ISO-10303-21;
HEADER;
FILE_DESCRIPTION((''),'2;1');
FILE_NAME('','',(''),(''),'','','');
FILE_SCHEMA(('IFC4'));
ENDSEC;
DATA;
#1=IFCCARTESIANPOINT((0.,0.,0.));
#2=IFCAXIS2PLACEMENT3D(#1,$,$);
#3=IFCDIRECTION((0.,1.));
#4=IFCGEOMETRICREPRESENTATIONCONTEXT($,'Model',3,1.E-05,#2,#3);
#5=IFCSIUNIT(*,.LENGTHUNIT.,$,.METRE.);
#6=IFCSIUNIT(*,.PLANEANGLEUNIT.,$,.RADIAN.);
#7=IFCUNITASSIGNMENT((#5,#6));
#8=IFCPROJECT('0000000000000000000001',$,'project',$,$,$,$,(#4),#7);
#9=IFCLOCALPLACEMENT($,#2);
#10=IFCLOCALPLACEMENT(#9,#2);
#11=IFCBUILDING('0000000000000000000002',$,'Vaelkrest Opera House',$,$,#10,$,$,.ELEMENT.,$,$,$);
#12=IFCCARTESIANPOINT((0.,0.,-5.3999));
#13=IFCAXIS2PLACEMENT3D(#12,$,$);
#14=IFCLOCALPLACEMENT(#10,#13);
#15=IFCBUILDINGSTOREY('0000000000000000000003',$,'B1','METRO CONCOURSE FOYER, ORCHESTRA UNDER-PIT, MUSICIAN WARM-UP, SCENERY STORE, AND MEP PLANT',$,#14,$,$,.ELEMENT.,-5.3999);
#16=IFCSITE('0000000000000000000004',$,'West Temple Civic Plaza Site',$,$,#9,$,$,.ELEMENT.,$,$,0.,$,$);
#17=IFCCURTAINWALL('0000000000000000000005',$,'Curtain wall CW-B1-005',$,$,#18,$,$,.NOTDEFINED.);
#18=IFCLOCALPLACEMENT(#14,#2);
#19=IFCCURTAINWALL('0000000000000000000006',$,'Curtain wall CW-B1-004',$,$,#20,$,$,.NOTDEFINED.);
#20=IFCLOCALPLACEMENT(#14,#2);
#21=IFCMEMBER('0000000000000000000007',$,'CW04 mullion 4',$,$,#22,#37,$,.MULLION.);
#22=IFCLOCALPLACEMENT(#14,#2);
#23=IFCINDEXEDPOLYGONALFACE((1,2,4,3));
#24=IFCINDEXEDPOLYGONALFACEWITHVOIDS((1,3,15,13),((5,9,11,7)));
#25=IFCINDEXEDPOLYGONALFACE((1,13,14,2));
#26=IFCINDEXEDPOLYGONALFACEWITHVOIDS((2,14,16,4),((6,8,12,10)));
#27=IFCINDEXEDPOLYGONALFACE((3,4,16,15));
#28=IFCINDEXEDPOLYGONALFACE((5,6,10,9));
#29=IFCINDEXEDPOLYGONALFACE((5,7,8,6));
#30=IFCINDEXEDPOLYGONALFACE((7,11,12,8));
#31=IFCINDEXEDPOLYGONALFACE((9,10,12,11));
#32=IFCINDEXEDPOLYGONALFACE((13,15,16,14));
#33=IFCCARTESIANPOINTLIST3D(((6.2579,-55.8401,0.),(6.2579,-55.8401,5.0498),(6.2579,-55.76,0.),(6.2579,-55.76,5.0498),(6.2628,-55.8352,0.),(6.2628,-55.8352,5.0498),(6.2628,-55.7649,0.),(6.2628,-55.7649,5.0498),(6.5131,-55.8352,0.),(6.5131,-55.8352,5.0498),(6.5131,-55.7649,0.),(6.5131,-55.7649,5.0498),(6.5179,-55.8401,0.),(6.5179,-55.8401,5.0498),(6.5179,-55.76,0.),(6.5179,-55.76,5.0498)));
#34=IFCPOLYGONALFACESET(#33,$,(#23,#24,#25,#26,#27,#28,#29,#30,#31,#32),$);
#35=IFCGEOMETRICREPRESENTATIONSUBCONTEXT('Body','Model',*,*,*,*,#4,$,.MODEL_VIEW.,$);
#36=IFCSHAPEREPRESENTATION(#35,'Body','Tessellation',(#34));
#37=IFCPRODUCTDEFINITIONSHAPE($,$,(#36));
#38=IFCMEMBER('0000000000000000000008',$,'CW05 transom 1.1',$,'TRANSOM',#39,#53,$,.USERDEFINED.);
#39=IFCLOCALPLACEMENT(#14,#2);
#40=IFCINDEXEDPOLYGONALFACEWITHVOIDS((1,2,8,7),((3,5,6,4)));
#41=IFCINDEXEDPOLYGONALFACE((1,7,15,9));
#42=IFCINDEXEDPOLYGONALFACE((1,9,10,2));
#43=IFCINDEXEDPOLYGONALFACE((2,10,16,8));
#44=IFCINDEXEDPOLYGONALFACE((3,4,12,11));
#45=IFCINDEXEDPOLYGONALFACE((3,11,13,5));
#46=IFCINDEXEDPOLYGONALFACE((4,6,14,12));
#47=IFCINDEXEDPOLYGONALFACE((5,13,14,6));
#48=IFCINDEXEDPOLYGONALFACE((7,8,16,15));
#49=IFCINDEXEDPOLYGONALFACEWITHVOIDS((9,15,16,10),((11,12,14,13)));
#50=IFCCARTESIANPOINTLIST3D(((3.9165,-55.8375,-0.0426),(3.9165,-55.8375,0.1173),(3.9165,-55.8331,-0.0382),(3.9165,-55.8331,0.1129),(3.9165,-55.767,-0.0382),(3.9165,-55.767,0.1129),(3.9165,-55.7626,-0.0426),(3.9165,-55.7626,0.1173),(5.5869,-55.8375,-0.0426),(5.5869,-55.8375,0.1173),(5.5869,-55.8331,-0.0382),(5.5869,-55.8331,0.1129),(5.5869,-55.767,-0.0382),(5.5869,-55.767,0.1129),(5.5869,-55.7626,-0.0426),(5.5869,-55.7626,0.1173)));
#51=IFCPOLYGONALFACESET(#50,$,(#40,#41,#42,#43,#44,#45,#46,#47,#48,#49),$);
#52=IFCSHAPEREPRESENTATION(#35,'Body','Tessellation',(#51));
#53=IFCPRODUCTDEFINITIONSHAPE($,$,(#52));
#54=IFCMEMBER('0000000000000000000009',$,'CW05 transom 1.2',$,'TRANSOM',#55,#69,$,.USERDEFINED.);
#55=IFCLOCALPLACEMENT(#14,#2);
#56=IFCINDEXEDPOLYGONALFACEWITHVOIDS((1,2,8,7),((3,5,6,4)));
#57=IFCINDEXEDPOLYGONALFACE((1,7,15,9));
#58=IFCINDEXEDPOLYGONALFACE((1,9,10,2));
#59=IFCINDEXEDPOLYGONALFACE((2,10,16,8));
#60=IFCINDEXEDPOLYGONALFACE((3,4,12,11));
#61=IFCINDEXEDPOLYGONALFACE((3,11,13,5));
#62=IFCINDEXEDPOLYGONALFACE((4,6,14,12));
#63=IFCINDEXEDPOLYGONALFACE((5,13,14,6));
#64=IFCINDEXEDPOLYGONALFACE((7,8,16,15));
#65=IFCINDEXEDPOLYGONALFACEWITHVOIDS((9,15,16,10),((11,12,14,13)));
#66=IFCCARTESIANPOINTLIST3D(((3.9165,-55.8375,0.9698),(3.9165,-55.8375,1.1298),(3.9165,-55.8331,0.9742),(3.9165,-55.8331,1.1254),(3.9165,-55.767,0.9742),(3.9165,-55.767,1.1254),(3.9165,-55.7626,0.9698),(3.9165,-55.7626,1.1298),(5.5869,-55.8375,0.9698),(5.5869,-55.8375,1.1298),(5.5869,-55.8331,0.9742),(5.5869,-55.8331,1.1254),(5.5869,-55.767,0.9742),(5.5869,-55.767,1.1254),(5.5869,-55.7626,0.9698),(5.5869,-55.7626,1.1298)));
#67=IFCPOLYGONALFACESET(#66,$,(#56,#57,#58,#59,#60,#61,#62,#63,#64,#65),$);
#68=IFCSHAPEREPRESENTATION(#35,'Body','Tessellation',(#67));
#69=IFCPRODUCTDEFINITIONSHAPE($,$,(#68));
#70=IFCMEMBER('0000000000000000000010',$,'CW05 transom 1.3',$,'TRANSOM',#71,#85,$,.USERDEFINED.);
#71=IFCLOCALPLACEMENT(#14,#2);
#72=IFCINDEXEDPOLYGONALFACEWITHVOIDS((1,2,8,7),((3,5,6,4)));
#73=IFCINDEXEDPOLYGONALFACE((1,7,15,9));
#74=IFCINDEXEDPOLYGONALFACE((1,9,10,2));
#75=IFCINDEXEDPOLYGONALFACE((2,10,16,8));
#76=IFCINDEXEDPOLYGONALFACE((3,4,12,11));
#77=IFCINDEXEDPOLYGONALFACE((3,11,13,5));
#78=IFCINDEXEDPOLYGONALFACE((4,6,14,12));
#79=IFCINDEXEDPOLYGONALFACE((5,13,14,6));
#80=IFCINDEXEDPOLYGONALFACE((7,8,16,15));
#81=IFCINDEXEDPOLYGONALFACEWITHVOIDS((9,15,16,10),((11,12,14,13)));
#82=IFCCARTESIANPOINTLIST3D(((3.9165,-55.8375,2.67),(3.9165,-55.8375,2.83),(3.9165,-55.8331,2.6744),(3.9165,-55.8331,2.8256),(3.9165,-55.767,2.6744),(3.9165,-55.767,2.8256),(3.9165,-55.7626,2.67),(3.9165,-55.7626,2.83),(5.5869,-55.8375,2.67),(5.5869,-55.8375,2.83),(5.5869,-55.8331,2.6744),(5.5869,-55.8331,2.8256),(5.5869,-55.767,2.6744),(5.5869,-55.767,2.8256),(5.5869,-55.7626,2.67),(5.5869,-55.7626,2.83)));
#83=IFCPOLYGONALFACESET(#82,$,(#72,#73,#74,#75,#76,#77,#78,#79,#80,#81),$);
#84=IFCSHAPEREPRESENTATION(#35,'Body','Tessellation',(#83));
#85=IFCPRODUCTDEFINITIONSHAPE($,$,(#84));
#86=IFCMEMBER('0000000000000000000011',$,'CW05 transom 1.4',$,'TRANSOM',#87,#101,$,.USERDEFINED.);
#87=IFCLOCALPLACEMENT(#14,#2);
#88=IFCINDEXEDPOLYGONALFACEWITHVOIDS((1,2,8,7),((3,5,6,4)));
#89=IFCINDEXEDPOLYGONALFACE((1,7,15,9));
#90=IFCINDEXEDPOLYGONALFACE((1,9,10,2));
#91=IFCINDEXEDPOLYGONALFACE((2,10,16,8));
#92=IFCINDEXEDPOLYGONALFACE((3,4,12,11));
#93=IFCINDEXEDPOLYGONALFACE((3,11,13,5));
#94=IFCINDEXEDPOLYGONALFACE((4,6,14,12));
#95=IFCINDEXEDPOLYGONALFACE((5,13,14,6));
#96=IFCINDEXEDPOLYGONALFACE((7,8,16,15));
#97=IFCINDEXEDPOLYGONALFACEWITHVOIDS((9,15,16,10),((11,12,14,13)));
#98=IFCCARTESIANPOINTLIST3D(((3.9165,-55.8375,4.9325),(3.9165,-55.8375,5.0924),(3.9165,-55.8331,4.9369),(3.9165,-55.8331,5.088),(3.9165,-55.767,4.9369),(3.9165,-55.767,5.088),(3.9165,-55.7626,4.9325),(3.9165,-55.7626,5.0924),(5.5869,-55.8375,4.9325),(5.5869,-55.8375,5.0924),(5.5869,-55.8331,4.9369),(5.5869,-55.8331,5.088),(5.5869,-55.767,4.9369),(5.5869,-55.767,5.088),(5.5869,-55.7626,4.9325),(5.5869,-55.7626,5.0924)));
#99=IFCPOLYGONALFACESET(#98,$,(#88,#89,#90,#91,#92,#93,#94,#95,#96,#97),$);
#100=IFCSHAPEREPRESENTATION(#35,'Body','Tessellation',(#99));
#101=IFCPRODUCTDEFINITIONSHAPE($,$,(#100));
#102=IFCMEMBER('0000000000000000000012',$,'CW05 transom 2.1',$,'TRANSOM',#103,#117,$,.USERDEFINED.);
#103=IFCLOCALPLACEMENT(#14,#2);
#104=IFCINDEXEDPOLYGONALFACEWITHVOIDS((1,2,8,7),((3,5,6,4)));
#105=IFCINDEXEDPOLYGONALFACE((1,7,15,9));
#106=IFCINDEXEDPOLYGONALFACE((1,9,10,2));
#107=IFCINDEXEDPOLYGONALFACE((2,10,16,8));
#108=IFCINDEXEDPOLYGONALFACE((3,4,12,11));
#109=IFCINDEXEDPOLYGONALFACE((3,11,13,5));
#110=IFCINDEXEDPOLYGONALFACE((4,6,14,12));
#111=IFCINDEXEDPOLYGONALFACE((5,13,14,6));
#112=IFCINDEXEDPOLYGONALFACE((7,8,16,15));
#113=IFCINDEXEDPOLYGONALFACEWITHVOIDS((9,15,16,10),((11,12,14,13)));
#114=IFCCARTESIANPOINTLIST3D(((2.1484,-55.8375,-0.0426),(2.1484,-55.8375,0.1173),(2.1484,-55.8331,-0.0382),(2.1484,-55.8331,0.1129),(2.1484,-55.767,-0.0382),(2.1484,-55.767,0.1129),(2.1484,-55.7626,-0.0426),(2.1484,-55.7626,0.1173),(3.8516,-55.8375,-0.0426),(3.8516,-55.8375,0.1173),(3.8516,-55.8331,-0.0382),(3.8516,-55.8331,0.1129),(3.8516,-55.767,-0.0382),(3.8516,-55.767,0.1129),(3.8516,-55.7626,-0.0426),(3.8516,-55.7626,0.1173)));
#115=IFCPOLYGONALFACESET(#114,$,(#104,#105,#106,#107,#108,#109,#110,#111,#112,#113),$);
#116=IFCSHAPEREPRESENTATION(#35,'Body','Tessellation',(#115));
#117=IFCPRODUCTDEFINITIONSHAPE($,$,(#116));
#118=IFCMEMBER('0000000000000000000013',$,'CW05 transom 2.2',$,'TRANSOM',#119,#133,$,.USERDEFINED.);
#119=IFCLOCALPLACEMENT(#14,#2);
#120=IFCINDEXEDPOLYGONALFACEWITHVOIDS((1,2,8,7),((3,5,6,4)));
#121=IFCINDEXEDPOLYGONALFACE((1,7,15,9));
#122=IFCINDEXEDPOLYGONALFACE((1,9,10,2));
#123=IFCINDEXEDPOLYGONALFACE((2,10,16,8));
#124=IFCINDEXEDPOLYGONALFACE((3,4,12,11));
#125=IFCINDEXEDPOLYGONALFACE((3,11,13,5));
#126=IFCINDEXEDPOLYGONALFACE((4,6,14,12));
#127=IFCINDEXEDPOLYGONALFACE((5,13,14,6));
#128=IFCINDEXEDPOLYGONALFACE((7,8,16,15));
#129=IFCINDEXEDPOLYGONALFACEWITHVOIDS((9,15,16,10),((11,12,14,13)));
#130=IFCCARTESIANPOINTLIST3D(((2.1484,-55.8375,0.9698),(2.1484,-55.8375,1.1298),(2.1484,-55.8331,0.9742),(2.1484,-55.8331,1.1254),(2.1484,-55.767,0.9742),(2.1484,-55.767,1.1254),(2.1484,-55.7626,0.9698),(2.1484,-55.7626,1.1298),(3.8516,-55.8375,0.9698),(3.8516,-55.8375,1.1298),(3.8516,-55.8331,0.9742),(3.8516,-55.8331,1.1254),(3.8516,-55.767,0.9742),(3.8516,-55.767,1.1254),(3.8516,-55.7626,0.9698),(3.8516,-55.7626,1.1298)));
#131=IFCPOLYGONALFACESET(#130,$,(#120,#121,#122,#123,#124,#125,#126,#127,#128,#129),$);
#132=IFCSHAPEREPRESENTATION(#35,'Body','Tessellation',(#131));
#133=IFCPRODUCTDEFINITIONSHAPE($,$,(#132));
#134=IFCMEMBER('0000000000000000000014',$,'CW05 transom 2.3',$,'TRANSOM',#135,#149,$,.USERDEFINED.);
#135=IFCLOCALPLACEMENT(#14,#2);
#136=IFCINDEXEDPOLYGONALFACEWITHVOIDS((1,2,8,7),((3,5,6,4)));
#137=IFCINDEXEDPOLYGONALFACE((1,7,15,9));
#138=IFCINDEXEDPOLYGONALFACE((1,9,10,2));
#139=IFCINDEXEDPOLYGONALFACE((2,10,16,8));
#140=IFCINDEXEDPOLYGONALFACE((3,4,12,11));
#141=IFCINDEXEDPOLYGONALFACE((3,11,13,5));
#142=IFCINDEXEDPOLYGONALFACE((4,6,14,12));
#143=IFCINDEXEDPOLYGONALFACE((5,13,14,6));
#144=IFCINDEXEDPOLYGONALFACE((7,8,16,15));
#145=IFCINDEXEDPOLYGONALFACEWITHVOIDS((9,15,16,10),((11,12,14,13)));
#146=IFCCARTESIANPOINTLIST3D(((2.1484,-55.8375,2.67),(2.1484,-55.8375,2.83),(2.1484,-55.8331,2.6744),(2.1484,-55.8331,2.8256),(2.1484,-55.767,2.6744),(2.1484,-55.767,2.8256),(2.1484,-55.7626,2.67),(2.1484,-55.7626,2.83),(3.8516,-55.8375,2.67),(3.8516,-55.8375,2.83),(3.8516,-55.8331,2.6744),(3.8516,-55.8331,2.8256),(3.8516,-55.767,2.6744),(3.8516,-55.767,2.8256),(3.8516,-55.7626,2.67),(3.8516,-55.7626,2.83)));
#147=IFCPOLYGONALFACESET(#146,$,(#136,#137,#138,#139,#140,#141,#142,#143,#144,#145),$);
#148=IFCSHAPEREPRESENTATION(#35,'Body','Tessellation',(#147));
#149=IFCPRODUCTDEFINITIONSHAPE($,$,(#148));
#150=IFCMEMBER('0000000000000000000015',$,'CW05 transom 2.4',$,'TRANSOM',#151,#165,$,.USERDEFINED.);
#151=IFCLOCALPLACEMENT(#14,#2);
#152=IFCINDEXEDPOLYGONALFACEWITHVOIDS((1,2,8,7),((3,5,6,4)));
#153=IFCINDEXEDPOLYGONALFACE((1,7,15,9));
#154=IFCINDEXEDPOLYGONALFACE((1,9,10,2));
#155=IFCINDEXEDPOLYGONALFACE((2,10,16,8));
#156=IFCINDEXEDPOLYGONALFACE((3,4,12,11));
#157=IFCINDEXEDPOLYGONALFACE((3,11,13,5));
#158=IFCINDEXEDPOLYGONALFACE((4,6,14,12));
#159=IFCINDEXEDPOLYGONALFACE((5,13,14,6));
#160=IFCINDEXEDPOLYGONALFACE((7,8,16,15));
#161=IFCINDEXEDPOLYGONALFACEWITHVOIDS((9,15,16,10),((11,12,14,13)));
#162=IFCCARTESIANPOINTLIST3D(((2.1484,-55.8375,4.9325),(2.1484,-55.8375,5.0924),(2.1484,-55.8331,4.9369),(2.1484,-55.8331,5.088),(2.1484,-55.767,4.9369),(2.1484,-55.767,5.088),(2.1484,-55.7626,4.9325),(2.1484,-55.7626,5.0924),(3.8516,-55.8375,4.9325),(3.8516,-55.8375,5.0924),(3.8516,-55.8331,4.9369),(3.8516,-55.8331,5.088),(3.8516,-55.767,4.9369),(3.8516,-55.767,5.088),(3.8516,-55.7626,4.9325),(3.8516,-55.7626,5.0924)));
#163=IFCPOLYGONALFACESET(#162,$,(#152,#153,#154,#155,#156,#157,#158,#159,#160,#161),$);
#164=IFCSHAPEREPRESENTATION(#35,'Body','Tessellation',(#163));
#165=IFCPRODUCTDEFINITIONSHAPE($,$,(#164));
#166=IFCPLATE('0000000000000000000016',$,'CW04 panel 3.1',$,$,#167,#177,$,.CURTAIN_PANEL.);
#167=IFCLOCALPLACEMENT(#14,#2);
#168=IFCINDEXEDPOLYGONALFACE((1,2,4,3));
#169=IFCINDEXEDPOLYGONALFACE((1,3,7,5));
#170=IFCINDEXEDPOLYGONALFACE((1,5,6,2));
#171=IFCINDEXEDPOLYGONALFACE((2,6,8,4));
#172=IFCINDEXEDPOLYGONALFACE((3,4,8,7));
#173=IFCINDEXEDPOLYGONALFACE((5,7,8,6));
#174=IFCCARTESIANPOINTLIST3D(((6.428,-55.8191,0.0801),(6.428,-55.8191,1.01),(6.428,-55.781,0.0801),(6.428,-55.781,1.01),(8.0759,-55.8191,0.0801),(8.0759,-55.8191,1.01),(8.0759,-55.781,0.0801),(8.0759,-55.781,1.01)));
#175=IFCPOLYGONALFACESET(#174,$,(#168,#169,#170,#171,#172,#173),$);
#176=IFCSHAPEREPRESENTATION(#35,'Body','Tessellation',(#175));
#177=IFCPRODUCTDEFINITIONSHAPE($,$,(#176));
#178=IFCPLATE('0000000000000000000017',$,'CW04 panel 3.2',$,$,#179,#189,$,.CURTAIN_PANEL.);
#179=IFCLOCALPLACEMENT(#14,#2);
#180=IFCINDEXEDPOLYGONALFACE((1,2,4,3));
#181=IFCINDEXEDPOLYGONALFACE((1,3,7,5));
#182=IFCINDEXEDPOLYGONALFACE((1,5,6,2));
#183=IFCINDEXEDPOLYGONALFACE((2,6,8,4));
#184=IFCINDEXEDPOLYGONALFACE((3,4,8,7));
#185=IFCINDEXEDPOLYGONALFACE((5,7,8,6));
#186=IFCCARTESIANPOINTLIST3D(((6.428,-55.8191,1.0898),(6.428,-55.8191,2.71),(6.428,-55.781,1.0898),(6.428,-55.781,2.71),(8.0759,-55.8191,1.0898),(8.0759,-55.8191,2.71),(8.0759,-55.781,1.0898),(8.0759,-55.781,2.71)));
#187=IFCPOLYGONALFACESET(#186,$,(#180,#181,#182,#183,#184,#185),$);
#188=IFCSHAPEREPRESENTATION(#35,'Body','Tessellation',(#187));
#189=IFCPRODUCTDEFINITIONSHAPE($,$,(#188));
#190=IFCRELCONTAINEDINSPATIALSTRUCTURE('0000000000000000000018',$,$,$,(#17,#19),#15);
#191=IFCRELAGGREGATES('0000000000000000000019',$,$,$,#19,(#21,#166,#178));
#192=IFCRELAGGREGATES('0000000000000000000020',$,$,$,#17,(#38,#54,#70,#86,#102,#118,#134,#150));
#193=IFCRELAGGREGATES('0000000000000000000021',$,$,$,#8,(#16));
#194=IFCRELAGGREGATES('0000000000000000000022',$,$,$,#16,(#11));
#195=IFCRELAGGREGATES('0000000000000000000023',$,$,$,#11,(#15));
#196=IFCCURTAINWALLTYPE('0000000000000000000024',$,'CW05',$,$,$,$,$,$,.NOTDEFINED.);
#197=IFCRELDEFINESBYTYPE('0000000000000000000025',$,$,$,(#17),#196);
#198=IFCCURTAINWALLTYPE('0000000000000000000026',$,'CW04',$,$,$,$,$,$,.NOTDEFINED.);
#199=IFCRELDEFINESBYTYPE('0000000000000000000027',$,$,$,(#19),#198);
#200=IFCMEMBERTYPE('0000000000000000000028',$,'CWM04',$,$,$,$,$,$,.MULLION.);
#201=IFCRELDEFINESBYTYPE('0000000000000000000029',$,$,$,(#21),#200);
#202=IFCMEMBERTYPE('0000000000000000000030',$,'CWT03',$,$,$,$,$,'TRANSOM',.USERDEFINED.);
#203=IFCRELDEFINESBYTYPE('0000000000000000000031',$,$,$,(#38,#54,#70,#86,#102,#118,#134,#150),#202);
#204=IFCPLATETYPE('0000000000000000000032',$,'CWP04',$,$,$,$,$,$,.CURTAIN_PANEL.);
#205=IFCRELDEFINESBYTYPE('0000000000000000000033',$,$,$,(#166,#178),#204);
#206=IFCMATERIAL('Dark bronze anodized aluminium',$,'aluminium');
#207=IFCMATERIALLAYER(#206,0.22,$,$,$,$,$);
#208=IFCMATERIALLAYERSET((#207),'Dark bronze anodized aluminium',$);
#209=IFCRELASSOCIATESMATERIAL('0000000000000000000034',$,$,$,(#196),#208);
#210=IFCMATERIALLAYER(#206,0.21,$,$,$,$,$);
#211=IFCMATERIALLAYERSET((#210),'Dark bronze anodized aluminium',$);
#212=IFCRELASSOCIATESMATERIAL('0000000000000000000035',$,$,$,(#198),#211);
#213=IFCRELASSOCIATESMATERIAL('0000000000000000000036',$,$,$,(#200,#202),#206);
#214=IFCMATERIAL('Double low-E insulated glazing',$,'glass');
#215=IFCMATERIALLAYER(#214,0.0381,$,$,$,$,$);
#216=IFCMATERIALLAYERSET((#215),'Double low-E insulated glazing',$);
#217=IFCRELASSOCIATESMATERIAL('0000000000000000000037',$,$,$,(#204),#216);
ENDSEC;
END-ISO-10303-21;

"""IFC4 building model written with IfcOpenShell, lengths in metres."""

from ifc_helpers import new_model, si_unit, direction, frame, origin, origin_2d, place, context, subcontext, project, spatial, rectangle, hollow_rectangle, extrude, material, layer, layer_set, material_profile, profile_set, type_object, element, aggregate, save


model = new_model("IFC4")

# Units and contexts
model_context = context("Model", 3, precision=1e-05, world=origin(), true_north=direction((0.0, 1.0)))
body_context = subcontext(model_context, "Body", "Model", "MODEL_VIEW")
ifc_project = project(units=[si_unit("LENGTHUNIT", "METRE"), si_unit("PLANEANGLEUNIT", "RADIAN")], contexts=[model_context])

# Site, building, storey
site_placement = place(None, origin())
site = spatial("IfcSite", under=ifc_project, at=site_placement, Name="West Temple Civic Plaza Site", CompositionType="ELEMENT", RefElevation=0.0)
building_placement = place(site_placement, origin())
building = spatial("IfcBuilding", under=site, at=building_placement, Name="Vaelkrest Opera House", CompositionType="ELEMENT")
storey_placement = place(building_placement, frame((0.0, 0.0, -5.3999)))
storey = spatial("IfcBuildingStorey", under=building, at=storey_placement, Name="B1", Description="METRO CONCOURSE FOYER, ORCHESTRA UNDER-PIT, MUSICIAN WARM-UP, SCENERY STORE, AND MEP PLANT", CompositionType="ELEMENT", Elevation=-5.3999)

# Curtain wall
ifc_material_1 = material(Name="Dark bronze anodized aluminium", Category="aluminium")
ifc_layer_1 = layer(ifc_material_1, 0.22)
ifc_layer_set_1 = layer_set([ifc_layer_1], Name="Dark bronze anodized aluminium")
curtain_wall_type_1 = type_object("IfcCurtainWallType", Name="CW05", PredefinedType="NOTDEFINED", material=ifc_layer_set_1)
curtain_wall_1_placement = place(storey_placement, origin())
curtain_wall_1 = element("IfcCurtainWall", 1, at=curtain_wall_1_placement, inside=storey, type_object=curtain_wall_type_1, Name="Curtain wall CW-B1-005", PredefinedType="NOTDEFINED")

# Curtain wall, member
ifc_layer_2 = layer(ifc_material_1, 0.21)
ifc_layer_set_2 = layer_set([ifc_layer_2], Name="Dark bronze anodized aluminium")
curtain_wall_type_2 = type_object("IfcCurtainWallType", Name="CW04", PredefinedType="NOTDEFINED", material=ifc_layer_set_2)
curtain_wall_2_placement = place(storey_placement, origin())
curtain_wall_2 = element("IfcCurtainWall", 2, at=curtain_wall_2_placement, inside=storey, type_object=curtain_wall_type_2, Name="Curtain wall CW-B1-004", PredefinedType="NOTDEFINED")
ifc_material_profile_1 = material_profile(ifc_material_1, hollow_rectangle(XDim=0.0801, YDim=0.26, WallThickness=0.0049, at=origin_2d()), Name="CWM80X260")
ifc_profile_set_1 = profile_set([ifc_material_profile_1], Name="Dark bronze anodized aluminium")
member_type_1 = type_object("IfcMemberType", Name="CWM04", PredefinedType="MULLION", material=ifc_profile_set_1)
member_1_placement = place(storey_placement, frame((6.3879, -55.8, 0.0), z_axis=(0.0, 0.0, 1.0), x_axis=(0.0, -1.0, 0.0)))
member_1 = element("IfcMember", 3, at=member_1_placement, type_object=member_type_1, Name="CW04 mullion 4", PredefinedType="MULLION", context=body_context, shape_type="SweptSolid", body=[
    extrude(hollow_rectangle(XDim=0.0801, YDim=0.26, WallThickness=0.0049, at=origin_2d()), origin(), (0.0, 0.0, 1.0), 5.0498),
])

# Members
ifc_material_profile_2 = material_profile(ifc_material_1, hollow_rectangle(XDim=0.075, YDim=0.1599, WallThickness=0.0044, at=origin_2d()), Name="CWT75X160")
ifc_profile_set_2 = profile_set([ifc_material_profile_2], Name="Dark bronze anodized aluminium")
member_type_2 = type_object("IfcMemberType", Name="CWT03", ElementType="TRANSOM", PredefinedType="USERDEFINED", material=ifc_profile_set_2)
member_2_placement = place(storey_placement, frame((5.5869, -55.8, 0.0374), z_axis=(-1.0, 0.0, 0.0), x_axis=(0.0, -1.0, 0.0)))
member_2 = element("IfcMember", 4, at=member_2_placement, type_object=member_type_2, Name="CW05 transom 1.1", ObjectType="TRANSOM", PredefinedType="USERDEFINED", context=body_context, shape_type="SweptSolid", body=[
    extrude(hollow_rectangle(XDim=0.075, YDim=0.1599, WallThickness=0.0044, at=origin_2d()), origin(), (0.0, 0.0, 1.0), 1.6704),
])
member_3_placement = place(storey_placement, frame((5.5869, -55.8, 1.0498), z_axis=(-1.0, 0.0, 0.0), x_axis=(0.0, -1.0, 0.0)))
member_3 = element("IfcMember", 5, at=member_3_placement, type_object=member_type_2, Name="CW05 transom 1.2", ObjectType="TRANSOM", PredefinedType="USERDEFINED", context=body_context, shape_type="SweptSolid", body=[
    extrude(hollow_rectangle(XDim=0.075, YDim=0.1599, WallThickness=0.0044, at=origin_2d()), origin(), (0.0, 0.0, 1.0), 1.6704),
])
member_4_placement = place(storey_placement, frame((5.5869, -55.8, 2.75), z_axis=(-1.0, 0.0, 0.0), x_axis=(0.0, -1.0, 0.0)))
member_4 = element("IfcMember", 6, at=member_4_placement, type_object=member_type_2, Name="CW05 transom 1.3", ObjectType="TRANSOM", PredefinedType="USERDEFINED", context=body_context, shape_type="SweptSolid", body=[
    extrude(hollow_rectangle(XDim=0.075, YDim=0.1599, WallThickness=0.0044, at=origin_2d()), origin(), (0.0, 0.0, 1.0), 1.6704),
])
member_5_placement = place(storey_placement, frame((5.5869, -55.8, 5.0125), z_axis=(-1.0, 0.0, 0.0), x_axis=(0.0, -1.0, 0.0)))
member_5 = element("IfcMember", 7, at=member_5_placement, type_object=member_type_2, Name="CW05 transom 1.4", ObjectType="TRANSOM", PredefinedType="USERDEFINED", context=body_context, shape_type="SweptSolid", body=[
    extrude(hollow_rectangle(XDim=0.075, YDim=0.1599, WallThickness=0.0044, at=origin_2d()), origin(), (0.0, 0.0, 1.0), 1.6704),
])
member_6_placement = place(storey_placement, frame((3.8516, -55.8, 0.0374), z_axis=(-1.0, 0.0, 0.0), x_axis=(0.0, -1.0, 0.0)))
member_6 = element("IfcMember", 8, at=member_6_placement, type_object=member_type_2, Name="CW05 transom 2.1", ObjectType="TRANSOM", PredefinedType="USERDEFINED", context=body_context, shape_type="SweptSolid", body=[
    extrude(hollow_rectangle(XDim=0.075, YDim=0.1599, WallThickness=0.0044, at=origin_2d()), origin(), (0.0, 0.0, 1.0), 1.7031),
])
member_7_placement = place(storey_placement, frame((3.8516, -55.8, 1.0498), z_axis=(-1.0, 0.0, 0.0), x_axis=(0.0, -1.0, 0.0)))
member_7 = element("IfcMember", 9, at=member_7_placement, type_object=member_type_2, Name="CW05 transom 2.2", ObjectType="TRANSOM", PredefinedType="USERDEFINED", context=body_context, shape_type="SweptSolid", body=[
    extrude(hollow_rectangle(XDim=0.075, YDim=0.1599, WallThickness=0.0044, at=origin_2d()), origin(), (0.0, 0.0, 1.0), 1.7031),
])
member_8_placement = place(storey_placement, frame((3.8516, -55.8, 2.75), z_axis=(-1.0, 0.0, 0.0), x_axis=(0.0, -1.0, 0.0)))
member_8 = element("IfcMember", 10, at=member_8_placement, type_object=member_type_2, Name="CW05 transom 2.3", ObjectType="TRANSOM", PredefinedType="USERDEFINED", context=body_context, shape_type="SweptSolid", body=[
    extrude(hollow_rectangle(XDim=0.075, YDim=0.1599, WallThickness=0.0044, at=origin_2d()), origin(), (0.0, 0.0, 1.0), 1.7031),
])
member_9_placement = place(storey_placement, frame((3.8516, -55.8, 5.0125), z_axis=(-1.0, 0.0, 0.0), x_axis=(0.0, -1.0, 0.0)))
member_9 = element("IfcMember", 11, at=member_9_placement, type_object=member_type_2, Name="CW05 transom 2.4", ObjectType="TRANSOM", PredefinedType="USERDEFINED", context=body_context, shape_type="SweptSolid", body=[
    extrude(hollow_rectangle(XDim=0.075, YDim=0.1599, WallThickness=0.0044, at=origin_2d()), origin(), (0.0, 0.0, 1.0), 1.7031),
])

# Plates
ifc_material_2 = material(Name="Double low-E insulated glazing", Category="glass")
ifc_layer_3 = layer(ifc_material_2, 0.0381)
ifc_layer_set_3 = layer_set([ifc_layer_3], Name="Double low-E insulated glazing")
plate_type_1 = type_object("IfcPlateType", Name="CWP04", PredefinedType="CURTAIN_PANEL", material=ifc_layer_set_3)
plate_1_placement = place(storey_placement, frame((7.252, -55.8, 0.0801), z_axis=(0.0, 0.0, 1.0), x_axis=(-1.0, 0.0, 0.0)))
plate_1 = element("IfcPlate", 12, at=plate_1_placement, type_object=plate_type_1, Name="CW04 panel 3.1", PredefinedType="CURTAIN_PANEL", context=body_context, shape_type="SweptSolid", body=[
    extrude(rectangle(XDim=1.6479, YDim=0.0381, at=origin_2d()), origin(), (0.0, 0.0, 1.0), 0.9299),
])
plate_2_placement = place(storey_placement, frame((7.252, -55.8, 1.0898), z_axis=(0.0, 0.0, 1.0), x_axis=(-1.0, 0.0, 0.0)))
plate_2 = element("IfcPlate", 13, at=plate_2_placement, type_object=plate_type_1, Name="CW04 panel 3.2", PredefinedType="CURTAIN_PANEL", context=body_context, shape_type="SweptSolid", body=[
    extrude(rectangle(XDim=1.6479, YDim=0.0381, at=origin_2d()), origin(), (0.0, 0.0, 1.0), 1.6201),
])
aggregate(curtain_wall_2, [member_1, plate_1, plate_2])
aggregate(curtain_wall_1, [member_2, member_3, member_4, member_5, member_6, member_7, member_8, member_9])

save(model, "model.ifc")
